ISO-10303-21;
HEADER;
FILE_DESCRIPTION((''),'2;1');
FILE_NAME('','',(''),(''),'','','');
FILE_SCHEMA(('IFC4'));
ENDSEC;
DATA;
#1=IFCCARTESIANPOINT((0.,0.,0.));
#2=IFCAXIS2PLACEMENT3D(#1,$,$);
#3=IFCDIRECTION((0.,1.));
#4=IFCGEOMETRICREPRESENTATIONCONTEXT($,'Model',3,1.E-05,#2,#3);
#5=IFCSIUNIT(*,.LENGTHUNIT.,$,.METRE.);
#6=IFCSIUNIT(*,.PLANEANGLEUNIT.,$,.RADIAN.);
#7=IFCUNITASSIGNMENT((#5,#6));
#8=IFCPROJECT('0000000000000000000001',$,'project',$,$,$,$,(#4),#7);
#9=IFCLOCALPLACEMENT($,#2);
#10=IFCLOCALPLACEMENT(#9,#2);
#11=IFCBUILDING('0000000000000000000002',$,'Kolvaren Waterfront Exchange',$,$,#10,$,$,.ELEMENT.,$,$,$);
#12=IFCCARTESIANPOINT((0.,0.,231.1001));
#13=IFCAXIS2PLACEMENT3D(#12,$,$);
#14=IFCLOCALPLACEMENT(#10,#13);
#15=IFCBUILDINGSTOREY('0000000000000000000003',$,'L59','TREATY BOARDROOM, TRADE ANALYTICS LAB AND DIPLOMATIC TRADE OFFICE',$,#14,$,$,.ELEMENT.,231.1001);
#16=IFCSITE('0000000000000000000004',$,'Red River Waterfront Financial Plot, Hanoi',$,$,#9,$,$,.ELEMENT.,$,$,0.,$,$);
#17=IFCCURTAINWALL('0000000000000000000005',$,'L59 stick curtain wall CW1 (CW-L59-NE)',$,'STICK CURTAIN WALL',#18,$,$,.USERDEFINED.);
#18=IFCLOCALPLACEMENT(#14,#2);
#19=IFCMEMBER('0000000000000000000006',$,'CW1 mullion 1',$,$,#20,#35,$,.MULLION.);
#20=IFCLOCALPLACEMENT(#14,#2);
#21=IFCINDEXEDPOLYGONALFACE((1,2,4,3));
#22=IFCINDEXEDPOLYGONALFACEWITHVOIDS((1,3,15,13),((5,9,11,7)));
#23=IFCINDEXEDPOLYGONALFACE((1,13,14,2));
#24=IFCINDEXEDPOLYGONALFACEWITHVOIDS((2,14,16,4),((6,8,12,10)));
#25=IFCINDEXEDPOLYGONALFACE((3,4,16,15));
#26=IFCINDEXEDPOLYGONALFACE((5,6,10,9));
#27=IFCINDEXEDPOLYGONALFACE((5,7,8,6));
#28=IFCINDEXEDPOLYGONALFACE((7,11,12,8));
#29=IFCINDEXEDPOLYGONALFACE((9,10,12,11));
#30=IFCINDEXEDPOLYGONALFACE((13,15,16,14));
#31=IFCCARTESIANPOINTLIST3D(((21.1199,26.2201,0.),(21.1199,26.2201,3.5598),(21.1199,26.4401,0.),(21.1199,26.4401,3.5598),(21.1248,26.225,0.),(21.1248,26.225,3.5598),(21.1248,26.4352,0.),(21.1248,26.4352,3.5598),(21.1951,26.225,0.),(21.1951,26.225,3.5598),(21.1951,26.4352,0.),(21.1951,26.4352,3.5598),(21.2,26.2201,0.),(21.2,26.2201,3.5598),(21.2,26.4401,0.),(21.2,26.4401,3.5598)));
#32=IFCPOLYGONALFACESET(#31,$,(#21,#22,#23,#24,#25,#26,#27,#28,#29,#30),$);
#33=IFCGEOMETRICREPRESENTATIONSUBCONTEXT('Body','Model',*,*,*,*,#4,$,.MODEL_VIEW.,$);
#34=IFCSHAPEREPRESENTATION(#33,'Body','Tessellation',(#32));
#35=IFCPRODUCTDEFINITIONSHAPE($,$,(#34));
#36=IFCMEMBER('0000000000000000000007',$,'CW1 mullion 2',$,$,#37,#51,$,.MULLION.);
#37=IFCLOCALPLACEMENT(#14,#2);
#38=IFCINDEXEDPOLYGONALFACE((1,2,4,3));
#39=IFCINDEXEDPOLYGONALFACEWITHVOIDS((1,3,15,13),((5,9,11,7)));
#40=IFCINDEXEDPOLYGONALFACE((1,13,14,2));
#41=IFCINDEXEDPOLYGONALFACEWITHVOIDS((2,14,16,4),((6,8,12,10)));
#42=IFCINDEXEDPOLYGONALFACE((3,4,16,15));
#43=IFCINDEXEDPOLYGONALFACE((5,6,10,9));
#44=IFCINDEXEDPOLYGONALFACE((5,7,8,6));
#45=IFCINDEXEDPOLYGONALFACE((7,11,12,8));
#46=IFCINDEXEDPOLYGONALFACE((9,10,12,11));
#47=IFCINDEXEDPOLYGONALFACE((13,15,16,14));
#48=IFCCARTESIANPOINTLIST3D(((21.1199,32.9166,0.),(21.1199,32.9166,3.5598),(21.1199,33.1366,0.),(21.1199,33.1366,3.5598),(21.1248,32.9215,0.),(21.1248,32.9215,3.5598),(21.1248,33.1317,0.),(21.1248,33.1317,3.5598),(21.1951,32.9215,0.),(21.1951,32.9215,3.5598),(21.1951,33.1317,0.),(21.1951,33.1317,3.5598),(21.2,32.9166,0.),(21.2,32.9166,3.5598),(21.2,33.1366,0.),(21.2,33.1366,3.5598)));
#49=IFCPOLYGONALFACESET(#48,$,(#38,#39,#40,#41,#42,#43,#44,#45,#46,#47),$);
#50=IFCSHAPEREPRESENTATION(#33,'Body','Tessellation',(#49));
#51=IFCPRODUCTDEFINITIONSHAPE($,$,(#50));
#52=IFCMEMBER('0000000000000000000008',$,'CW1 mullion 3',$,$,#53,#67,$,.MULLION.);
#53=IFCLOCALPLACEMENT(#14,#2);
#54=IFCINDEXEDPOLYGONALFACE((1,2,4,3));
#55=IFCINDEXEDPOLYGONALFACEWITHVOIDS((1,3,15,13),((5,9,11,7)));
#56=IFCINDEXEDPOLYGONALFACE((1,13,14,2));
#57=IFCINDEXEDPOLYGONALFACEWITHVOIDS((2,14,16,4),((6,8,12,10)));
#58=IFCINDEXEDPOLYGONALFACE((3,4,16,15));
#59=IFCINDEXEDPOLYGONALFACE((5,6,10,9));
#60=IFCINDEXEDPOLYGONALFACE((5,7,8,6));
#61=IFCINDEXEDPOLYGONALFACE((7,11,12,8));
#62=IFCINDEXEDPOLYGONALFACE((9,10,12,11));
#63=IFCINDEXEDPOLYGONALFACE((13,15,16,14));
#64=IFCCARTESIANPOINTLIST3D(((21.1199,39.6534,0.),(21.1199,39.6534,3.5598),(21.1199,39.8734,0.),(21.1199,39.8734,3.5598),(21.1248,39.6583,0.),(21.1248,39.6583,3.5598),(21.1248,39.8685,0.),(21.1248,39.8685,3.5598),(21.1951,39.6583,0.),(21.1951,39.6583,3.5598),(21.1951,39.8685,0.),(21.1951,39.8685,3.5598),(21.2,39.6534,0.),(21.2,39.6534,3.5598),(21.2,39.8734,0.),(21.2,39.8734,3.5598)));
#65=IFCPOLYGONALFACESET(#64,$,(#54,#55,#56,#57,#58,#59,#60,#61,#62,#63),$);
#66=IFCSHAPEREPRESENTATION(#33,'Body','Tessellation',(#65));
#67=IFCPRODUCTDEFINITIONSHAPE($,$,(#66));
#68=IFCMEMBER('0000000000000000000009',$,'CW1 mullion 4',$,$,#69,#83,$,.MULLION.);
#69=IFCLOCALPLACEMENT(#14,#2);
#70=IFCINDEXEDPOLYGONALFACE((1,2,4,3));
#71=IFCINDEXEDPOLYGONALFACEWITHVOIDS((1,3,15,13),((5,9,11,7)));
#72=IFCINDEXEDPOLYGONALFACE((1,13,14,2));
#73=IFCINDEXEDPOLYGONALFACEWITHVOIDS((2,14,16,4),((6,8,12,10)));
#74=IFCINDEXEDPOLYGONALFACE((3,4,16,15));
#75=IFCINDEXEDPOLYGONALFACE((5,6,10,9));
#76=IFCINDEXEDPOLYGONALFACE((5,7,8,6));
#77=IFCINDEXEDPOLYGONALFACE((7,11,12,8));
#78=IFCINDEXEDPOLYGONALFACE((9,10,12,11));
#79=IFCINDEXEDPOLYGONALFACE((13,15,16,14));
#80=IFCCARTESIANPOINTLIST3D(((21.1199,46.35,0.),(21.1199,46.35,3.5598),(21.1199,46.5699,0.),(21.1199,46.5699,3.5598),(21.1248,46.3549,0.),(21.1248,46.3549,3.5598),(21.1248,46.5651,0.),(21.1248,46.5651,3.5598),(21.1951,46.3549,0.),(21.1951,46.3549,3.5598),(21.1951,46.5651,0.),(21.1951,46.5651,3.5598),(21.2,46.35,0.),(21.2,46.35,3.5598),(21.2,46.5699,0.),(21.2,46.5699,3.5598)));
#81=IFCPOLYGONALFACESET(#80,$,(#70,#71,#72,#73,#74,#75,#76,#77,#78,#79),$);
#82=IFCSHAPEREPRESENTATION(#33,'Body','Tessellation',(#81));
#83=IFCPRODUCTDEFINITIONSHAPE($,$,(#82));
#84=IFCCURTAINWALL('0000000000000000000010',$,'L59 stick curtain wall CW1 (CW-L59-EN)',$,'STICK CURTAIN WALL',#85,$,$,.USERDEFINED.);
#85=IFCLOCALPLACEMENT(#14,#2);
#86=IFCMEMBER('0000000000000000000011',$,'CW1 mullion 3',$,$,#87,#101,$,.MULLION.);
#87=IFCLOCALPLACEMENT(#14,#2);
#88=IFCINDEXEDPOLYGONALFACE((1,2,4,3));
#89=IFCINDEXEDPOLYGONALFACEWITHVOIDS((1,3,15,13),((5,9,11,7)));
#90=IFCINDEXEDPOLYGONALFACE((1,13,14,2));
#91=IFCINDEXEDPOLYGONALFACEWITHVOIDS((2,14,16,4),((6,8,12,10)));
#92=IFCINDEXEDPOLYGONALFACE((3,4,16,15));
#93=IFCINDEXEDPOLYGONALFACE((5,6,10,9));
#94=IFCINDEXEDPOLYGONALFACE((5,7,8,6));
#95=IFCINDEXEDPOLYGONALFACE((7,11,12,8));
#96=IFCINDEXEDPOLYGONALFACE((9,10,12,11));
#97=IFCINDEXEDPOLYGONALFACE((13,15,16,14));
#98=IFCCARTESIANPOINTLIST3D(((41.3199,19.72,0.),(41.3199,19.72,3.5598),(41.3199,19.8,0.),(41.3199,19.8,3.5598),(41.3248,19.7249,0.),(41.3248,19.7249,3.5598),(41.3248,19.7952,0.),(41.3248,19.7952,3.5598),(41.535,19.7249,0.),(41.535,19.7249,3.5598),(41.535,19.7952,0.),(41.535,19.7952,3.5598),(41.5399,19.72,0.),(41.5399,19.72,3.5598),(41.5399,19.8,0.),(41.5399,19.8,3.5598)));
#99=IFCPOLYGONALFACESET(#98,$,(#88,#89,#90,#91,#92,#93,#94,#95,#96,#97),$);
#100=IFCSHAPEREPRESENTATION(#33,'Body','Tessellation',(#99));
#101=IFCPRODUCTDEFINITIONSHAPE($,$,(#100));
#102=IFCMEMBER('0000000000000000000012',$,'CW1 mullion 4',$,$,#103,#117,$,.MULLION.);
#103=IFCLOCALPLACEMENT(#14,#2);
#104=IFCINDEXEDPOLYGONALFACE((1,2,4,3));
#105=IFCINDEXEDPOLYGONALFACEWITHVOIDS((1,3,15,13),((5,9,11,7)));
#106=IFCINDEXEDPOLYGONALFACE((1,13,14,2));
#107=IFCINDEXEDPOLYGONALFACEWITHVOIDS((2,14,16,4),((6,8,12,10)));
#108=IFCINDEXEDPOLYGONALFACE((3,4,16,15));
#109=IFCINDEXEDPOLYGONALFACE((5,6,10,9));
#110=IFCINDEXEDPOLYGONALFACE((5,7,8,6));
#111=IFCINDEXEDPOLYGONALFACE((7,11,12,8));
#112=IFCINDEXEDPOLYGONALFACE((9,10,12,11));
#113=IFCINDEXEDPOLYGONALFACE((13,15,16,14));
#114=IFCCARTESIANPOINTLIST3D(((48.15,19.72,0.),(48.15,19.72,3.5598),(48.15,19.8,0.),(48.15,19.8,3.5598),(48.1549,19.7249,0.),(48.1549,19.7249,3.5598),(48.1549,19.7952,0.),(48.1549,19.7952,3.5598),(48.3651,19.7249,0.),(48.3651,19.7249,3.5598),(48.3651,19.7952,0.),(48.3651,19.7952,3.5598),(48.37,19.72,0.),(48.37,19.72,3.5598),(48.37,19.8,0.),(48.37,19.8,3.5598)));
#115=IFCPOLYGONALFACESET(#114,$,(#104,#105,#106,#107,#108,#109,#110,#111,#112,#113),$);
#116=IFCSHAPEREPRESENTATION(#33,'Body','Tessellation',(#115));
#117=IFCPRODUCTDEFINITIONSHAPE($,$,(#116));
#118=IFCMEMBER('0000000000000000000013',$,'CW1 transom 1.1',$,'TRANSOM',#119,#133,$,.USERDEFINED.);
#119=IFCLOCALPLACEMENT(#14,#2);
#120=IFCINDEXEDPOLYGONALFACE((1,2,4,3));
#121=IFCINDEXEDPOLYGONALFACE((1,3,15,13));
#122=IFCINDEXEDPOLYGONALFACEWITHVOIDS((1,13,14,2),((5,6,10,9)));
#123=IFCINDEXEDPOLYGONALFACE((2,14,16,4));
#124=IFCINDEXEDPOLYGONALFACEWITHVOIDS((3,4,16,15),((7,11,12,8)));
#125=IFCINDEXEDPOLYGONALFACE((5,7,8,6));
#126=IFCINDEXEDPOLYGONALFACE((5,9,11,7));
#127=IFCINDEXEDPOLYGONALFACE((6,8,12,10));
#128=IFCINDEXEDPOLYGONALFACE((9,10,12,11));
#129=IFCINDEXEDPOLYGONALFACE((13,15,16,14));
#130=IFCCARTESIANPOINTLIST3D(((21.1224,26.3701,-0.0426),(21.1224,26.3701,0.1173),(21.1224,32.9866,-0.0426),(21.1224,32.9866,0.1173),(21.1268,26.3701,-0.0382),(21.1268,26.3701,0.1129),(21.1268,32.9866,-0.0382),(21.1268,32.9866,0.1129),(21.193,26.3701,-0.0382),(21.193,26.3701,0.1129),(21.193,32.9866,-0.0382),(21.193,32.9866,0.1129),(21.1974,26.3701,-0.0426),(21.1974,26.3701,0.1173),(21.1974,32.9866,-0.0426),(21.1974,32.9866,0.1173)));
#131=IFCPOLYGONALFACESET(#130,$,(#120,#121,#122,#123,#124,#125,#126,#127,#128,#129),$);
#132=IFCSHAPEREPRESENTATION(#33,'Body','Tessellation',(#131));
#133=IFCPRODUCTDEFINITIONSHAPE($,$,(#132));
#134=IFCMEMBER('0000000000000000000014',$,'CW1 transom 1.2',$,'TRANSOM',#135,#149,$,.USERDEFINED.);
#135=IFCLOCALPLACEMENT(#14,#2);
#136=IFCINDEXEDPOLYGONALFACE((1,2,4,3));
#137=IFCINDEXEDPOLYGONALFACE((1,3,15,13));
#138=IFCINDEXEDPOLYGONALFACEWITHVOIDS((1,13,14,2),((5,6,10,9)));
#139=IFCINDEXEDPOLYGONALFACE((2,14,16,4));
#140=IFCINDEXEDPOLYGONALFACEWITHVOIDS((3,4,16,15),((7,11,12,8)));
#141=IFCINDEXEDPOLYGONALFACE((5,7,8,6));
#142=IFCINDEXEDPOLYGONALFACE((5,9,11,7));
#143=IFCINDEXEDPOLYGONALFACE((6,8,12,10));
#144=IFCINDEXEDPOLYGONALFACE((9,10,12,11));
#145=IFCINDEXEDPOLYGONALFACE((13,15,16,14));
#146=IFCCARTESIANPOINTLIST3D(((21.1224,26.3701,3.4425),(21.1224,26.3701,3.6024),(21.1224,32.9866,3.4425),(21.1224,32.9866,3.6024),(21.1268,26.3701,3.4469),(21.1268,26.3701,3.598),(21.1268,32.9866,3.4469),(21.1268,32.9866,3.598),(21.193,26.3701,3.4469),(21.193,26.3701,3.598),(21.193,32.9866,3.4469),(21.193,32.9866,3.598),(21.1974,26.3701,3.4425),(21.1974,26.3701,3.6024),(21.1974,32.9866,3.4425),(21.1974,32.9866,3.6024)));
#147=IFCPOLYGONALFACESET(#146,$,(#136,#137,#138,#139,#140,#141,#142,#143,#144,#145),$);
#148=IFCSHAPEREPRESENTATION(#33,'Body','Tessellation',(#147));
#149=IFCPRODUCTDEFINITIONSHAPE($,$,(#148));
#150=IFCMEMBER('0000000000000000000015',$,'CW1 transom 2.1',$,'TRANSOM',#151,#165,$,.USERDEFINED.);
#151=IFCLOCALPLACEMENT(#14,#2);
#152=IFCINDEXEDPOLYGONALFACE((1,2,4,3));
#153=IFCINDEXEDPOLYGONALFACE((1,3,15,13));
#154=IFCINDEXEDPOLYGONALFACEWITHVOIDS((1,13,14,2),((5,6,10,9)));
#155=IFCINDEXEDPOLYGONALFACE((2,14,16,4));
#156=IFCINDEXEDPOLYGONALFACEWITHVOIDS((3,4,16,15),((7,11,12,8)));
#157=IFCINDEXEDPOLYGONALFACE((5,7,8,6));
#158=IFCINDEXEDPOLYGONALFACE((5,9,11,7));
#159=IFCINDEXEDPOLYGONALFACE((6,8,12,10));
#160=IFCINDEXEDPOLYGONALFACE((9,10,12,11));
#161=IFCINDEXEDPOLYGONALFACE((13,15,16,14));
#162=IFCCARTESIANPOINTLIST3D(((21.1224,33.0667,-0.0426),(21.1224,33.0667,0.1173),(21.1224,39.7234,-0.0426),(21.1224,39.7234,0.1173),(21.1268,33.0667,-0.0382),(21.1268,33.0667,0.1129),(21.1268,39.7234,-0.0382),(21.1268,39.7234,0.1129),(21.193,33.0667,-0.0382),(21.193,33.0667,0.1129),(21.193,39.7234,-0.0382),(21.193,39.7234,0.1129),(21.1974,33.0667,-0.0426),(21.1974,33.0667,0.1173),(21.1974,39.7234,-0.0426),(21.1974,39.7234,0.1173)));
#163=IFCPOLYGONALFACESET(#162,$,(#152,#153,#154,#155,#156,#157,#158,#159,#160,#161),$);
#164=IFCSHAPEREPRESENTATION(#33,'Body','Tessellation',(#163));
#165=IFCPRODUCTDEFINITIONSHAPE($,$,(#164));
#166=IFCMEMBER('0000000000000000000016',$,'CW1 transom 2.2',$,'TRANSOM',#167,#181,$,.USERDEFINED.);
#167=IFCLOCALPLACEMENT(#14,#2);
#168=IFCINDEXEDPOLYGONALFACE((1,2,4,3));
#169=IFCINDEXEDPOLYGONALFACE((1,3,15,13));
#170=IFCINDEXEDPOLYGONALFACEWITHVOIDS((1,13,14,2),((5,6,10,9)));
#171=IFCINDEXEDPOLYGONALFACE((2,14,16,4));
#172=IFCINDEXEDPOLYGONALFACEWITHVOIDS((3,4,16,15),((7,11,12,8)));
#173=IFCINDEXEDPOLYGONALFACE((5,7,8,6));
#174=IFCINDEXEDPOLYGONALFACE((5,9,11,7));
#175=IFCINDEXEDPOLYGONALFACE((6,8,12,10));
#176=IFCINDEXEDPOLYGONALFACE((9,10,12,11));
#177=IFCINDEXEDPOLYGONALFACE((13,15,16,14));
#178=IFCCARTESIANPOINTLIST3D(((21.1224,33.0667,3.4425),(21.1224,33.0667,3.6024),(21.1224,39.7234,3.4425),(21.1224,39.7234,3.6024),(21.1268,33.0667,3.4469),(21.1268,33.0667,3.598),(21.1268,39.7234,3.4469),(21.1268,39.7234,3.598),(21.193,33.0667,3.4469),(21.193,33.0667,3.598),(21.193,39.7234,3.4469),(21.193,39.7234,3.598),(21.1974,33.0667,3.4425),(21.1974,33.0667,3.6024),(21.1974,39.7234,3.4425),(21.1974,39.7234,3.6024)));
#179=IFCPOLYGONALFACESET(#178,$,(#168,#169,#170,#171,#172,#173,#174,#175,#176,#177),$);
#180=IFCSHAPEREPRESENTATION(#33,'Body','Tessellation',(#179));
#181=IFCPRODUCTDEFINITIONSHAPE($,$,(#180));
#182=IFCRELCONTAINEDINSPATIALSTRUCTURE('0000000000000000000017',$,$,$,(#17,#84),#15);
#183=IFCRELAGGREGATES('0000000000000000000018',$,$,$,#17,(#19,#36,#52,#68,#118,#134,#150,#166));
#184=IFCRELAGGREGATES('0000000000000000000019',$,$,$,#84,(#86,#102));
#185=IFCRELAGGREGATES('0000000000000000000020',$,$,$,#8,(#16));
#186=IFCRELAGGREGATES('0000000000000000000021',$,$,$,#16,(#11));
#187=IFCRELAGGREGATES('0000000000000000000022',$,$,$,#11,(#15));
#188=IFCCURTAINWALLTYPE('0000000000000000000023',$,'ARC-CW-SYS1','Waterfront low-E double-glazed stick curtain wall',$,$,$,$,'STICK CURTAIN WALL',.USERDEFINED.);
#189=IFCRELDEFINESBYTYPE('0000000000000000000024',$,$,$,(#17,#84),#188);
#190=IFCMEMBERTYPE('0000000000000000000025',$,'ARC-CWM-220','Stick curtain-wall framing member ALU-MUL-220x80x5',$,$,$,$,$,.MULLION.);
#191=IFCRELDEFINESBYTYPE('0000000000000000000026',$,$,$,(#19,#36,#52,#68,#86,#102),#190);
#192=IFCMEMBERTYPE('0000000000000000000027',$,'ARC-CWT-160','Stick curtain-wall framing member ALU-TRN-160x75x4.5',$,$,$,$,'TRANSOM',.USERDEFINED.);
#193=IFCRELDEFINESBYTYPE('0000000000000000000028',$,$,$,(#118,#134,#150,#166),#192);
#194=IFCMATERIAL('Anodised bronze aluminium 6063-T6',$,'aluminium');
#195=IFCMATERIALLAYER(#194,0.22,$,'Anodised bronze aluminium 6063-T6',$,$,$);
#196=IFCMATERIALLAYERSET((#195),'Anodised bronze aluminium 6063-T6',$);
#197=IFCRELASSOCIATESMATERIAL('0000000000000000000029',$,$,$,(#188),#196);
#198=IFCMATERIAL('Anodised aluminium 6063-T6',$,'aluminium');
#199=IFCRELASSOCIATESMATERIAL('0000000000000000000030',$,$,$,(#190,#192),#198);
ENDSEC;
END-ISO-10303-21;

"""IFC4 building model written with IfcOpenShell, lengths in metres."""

from ifc_helpers import new_model, si_unit, direction, frame, origin, origin_with_axes, origin_2d, place, context, subcontext, project, spatial, hollow_rectangle, extrude, source, transform, mapped, material, layer, layer_set, material_profile, profile_set, type_object, element, aggregate, save


model = new_model("IFC4")

# Units and contexts
model_context = context("Model", 3, precision=1e-05, world=origin(), true_north=direction((0.0, 1.0)))
body_context = subcontext(model_context, "Body", "Model", "MODEL_VIEW")
ifc_project = project(units=[si_unit("LENGTHUNIT", "METRE"), si_unit("PLANEANGLEUNIT", "RADIAN")], contexts=[model_context])

# Site, building, storey
site_placement = place(None, origin())
site = spatial("IfcSite", under=ifc_project, at=site_placement, Name="Red River Waterfront Financial Plot, Hanoi", CompositionType="ELEMENT", RefElevation=0.0)
building_placement = place(site_placement, origin())
building = spatial("IfcBuilding", under=site, at=building_placement, Name="Kolvaren Waterfront Exchange", CompositionType="ELEMENT")
storey_placement = place(building_placement, frame((0.0, 0.0, 231.1001)))
storey = spatial("IfcBuildingStorey", under=building, at=storey_placement, Name="L59", Description="TREATY BOARDROOM, TRADE ANALYTICS LAB AND DIPLOMATIC TRADE OFFICE", CompositionType="ELEMENT", Elevation=231.1001)

# Curtain walls, members
ifc_material_1 = material(Name="Anodised bronze aluminium 6063-T6", Category="aluminium")
ifc_layer_1 = layer(ifc_material_1, 0.22, Name="Anodised bronze aluminium 6063-T6")
ifc_layer_set_1 = layer_set([ifc_layer_1], Name="Anodised bronze aluminium 6063-T6")
curtain_wall_type = type_object("IfcCurtainWallType", Name="ARC-CW-SYS1", Description="Waterfront low-E double-glazed stick curtain wall", ElementType="STICK CURTAIN WALL", PredefinedType="USERDEFINED", material=ifc_layer_set_1)
curtain_wall_1_placement = place(storey_placement, origin())
curtain_wall_1 = element("IfcCurtainWall", 1, at=curtain_wall_1_placement, inside=storey, type_object=curtain_wall_type, Name="L59 stick curtain wall CW1 (CW-L59-NE)", ObjectType="STICK CURTAIN WALL", PredefinedType="USERDEFINED")
ifc_material_2 = material(Name="Anodised aluminium 6063-T6", Category="aluminium")
ifc_material_profile_1 = material_profile(ifc_material_2, hollow_rectangle(XDim=0.0801, YDim=0.22, WallThickness=0.0049, at=origin_2d()), Name="ALU-MUL-220x80x5")
ifc_profile_set_1 = profile_set([ifc_material_profile_1], Name="Anodised aluminium 6063-T6")
member_type_1 = type_object("IfcMemberType", Name="ARC-CWM-220", Description="Stick curtain-wall framing member ALU-MUL-220x80x5", PredefinedType="MULLION", material=ifc_profile_set_1)
shared_shape_1 = source(origin_with_axes(), body_context, "Body", "SweptSolid", [
    extrude(hollow_rectangle(XDim=0.0801, YDim=0.22, WallThickness=0.0049, at=origin_2d()), origin(), (0.0, 0.0, 1.0), 3.5598),
])
member_1_placement = place(storey_placement, frame((21.1599, 26.3301, 0.0), z_axis=(0.0, 0.0, 1.0), x_axis=(-1.0, 0.0, 0.0)))
member_1 = element("IfcMember", 2, at=member_1_placement, type_object=member_type_1, Name="CW1 mullion 1", PredefinedType="MULLION", context=body_context, shape_type="MappedRepresentation", body=[
    mapped(shared_shape_1, transform((0.0, 0.0, 0.0), x_axis=(1.0, 0.0, 0.0), y_axis=(0.0, 1.0, 0.0), z_axis=(0.0, 0.0, 1.0), scale=1.0)),
])
member_2_placement = place(storey_placement, frame((21.1599, 33.0266, 0.0), z_axis=(0.0, 0.0, 1.0), x_axis=(-1.0, 0.0, 0.0)))
member_2 = element("IfcMember", 3, at=member_2_placement, type_object=member_type_1, Name="CW1 mullion 2", PredefinedType="MULLION", context=body_context, shape_type="MappedRepresentation", body=[
    mapped(shared_shape_1, transform((0.0, 0.0, 0.0), x_axis=(1.0, 0.0, 0.0), y_axis=(0.0, 1.0, 0.0), z_axis=(0.0, 0.0, 1.0), scale=1.0)),
])
member_3_placement = place(storey_placement, frame((21.1599, 39.7634, 0.0), z_axis=(0.0, 0.0, 1.0), x_axis=(-1.0, 0.0, 0.0)))
member_3 = element("IfcMember", 4, at=member_3_placement, type_object=member_type_1, Name="CW1 mullion 3", PredefinedType="MULLION", context=body_context, shape_type="MappedRepresentation", body=[
    mapped(shared_shape_1, transform((0.0, 0.0, 0.0), x_axis=(1.0, 0.0, 0.0), y_axis=(0.0, 1.0, 0.0), z_axis=(0.0, 0.0, 1.0), scale=1.0)),
])
member_4_placement = place(storey_placement, frame((21.1599, 46.46, 0.0), z_axis=(0.0, 0.0, 1.0), x_axis=(-1.0, 0.0, 0.0)))
member_4 = element("IfcMember", 5, at=member_4_placement, type_object=member_type_1, Name="CW1 mullion 4", PredefinedType="MULLION", context=body_context, shape_type="MappedRepresentation", body=[
    mapped(shared_shape_1, transform((0.0, 0.0, 0.0), x_axis=(1.0, 0.0, 0.0), y_axis=(0.0, 1.0, 0.0), z_axis=(0.0, 0.0, 1.0), scale=1.0)),
])
curtain_wall_2_placement = place(storey_placement, origin())
curtain_wall_2 = element("IfcCurtainWall", 6, at=curtain_wall_2_placement, inside=storey, type_object=curtain_wall_type, Name="L59 stick curtain wall CW1 (CW-L59-EN)", ObjectType="STICK CURTAIN WALL", PredefinedType="USERDEFINED")
member_5_placement = place(storey_placement, frame((41.4299, 19.76, 0.0), z_axis=(0.0, 0.0, 1.0), x_axis=(0.0, 1.0, 0.0)))
member_5 = element("IfcMember", 7, at=member_5_placement, type_object=member_type_1, Name="CW1 mullion 3", PredefinedType="MULLION", context=body_context, shape_type="MappedRepresentation", body=[
    mapped(shared_shape_1, transform((0.0, 0.0, 0.0), x_axis=(1.0, 0.0, 0.0), y_axis=(0.0, 1.0, 0.0), z_axis=(0.0, 0.0, 1.0), scale=1.0)),
])
member_6_placement = place(storey_placement, frame((48.26, 19.76, 0.0), z_axis=(0.0, 0.0, 1.0), x_axis=(0.0, 1.0, 0.0)))
member_6 = element("IfcMember", 8, at=member_6_placement, type_object=member_type_1, Name="CW1 mullion 4", PredefinedType="MULLION", context=body_context, shape_type="MappedRepresentation", body=[
    mapped(shared_shape_1, transform((0.0, 0.0, 0.0), x_axis=(1.0, 0.0, 0.0), y_axis=(0.0, 1.0, 0.0), z_axis=(0.0, 0.0, 1.0), scale=1.0)),
])

# Members
ifc_material_profile_2 = material_profile(ifc_material_2, hollow_rectangle(XDim=0.075, YDim=0.1599, WallThickness=0.0044, at=origin_2d()), Name="ALU-TRN-160x75x4.5")
ifc_profile_set_2 = profile_set([ifc_material_profile_2], Name="Anodised aluminium 6063-T6")
member_type_2 = type_object("IfcMemberType", Name="ARC-CWT-160", Description="Stick curtain-wall framing member ALU-TRN-160x75x4.5", ElementType="TRANSOM", PredefinedType="USERDEFINED", material=ifc_profile_set_2)
shared_shape_2 = source(origin_with_axes(), body_context, "Body", "SweptSolid", [
    extrude(hollow_rectangle(XDim=0.075, YDim=0.1599, WallThickness=0.0044, at=origin_2d()), origin(), (0.0, 0.0, 1.0), 6.6165),
])
member_7_placement = place(storey_placement, frame((21.1599, 26.3701, 0.0374), z_axis=(0.0, 1.0, 0.0), x_axis=(-1.0, 0.0, 0.0)))
member_7 = element("IfcMember", 9, at=member_7_placement, type_object=member_type_2, Name="CW1 transom 1.1", ObjectType="TRANSOM", PredefinedType="USERDEFINED", context=body_context, shape_type="MappedRepresentation", body=[
    mapped(shared_shape_2, transform((0.0, 0.0, 0.0), x_axis=(1.0, 0.0, 0.0), y_axis=(0.0, 1.0, 0.0), z_axis=(0.0, 0.0, 1.0), scale=1.0)),
])
member_8_placement = place(storey_placement, frame((21.1599, 26.3701, 3.5225), z_axis=(0.0, 1.0, 0.0), x_axis=(-1.0, 0.0, 0.0)))
member_8 = element("IfcMember", 10, at=member_8_placement, type_object=member_type_2, Name="CW1 transom 1.2", ObjectType="TRANSOM", PredefinedType="USERDEFINED", context=body_context, shape_type="MappedRepresentation", body=[
    mapped(shared_shape_2, transform((0.0, 0.0, 0.0), x_axis=(1.0, 0.0, 0.0), y_axis=(0.0, 1.0, 0.0), z_axis=(0.0, 0.0, 1.0), scale=1.0)),
])
shared_shape_3 = source(origin_with_axes(), body_context, "Body", "SweptSolid", [
    extrude(hollow_rectangle(XDim=0.075, YDim=0.1599, WallThickness=0.0044, at=origin_2d()), origin(), (0.0, 0.0, 1.0), 6.6567),
])
member_9_placement = place(storey_placement, frame((21.1599, 33.0667, 0.0374), z_axis=(0.0, 1.0, 0.0), x_axis=(-1.0, 0.0, 0.0)))
member_9 = element("IfcMember", 11, at=member_9_placement, type_object=member_type_2, Name="CW1 transom 2.1", ObjectType="TRANSOM", PredefinedType="USERDEFINED", context=body_context, shape_type="MappedRepresentation", body=[
    mapped(shared_shape_3, transform((0.0, 0.0, 0.0), x_axis=(1.0, 0.0, 0.0), y_axis=(0.0, 1.0, 0.0), z_axis=(0.0, 0.0, 1.0), scale=1.0)),
])
member_10_placement = place(storey_placement, frame((21.1599, 33.0667, 3.5225), z_axis=(0.0, 1.0, 0.0), x_axis=(-1.0, 0.0, 0.0)))
member_10 = element("IfcMember", 12, at=member_10_placement, type_object=member_type_2, Name="CW1 transom 2.2", ObjectType="TRANSOM", PredefinedType="USERDEFINED", context=body_context, shape_type="MappedRepresentation", body=[
    mapped(shared_shape_3, transform((0.0, 0.0, 0.0), x_axis=(1.0, 0.0, 0.0), y_axis=(0.0, 1.0, 0.0), z_axis=(0.0, 0.0, 1.0), scale=1.0)),
])

aggregate(curtain_wall_1, [member_1, member_2, member_3, member_4, member_7, member_8, member_9, member_10])
aggregate(curtain_wall_2, [member_5, member_6])

save(model, "model.ifc")
